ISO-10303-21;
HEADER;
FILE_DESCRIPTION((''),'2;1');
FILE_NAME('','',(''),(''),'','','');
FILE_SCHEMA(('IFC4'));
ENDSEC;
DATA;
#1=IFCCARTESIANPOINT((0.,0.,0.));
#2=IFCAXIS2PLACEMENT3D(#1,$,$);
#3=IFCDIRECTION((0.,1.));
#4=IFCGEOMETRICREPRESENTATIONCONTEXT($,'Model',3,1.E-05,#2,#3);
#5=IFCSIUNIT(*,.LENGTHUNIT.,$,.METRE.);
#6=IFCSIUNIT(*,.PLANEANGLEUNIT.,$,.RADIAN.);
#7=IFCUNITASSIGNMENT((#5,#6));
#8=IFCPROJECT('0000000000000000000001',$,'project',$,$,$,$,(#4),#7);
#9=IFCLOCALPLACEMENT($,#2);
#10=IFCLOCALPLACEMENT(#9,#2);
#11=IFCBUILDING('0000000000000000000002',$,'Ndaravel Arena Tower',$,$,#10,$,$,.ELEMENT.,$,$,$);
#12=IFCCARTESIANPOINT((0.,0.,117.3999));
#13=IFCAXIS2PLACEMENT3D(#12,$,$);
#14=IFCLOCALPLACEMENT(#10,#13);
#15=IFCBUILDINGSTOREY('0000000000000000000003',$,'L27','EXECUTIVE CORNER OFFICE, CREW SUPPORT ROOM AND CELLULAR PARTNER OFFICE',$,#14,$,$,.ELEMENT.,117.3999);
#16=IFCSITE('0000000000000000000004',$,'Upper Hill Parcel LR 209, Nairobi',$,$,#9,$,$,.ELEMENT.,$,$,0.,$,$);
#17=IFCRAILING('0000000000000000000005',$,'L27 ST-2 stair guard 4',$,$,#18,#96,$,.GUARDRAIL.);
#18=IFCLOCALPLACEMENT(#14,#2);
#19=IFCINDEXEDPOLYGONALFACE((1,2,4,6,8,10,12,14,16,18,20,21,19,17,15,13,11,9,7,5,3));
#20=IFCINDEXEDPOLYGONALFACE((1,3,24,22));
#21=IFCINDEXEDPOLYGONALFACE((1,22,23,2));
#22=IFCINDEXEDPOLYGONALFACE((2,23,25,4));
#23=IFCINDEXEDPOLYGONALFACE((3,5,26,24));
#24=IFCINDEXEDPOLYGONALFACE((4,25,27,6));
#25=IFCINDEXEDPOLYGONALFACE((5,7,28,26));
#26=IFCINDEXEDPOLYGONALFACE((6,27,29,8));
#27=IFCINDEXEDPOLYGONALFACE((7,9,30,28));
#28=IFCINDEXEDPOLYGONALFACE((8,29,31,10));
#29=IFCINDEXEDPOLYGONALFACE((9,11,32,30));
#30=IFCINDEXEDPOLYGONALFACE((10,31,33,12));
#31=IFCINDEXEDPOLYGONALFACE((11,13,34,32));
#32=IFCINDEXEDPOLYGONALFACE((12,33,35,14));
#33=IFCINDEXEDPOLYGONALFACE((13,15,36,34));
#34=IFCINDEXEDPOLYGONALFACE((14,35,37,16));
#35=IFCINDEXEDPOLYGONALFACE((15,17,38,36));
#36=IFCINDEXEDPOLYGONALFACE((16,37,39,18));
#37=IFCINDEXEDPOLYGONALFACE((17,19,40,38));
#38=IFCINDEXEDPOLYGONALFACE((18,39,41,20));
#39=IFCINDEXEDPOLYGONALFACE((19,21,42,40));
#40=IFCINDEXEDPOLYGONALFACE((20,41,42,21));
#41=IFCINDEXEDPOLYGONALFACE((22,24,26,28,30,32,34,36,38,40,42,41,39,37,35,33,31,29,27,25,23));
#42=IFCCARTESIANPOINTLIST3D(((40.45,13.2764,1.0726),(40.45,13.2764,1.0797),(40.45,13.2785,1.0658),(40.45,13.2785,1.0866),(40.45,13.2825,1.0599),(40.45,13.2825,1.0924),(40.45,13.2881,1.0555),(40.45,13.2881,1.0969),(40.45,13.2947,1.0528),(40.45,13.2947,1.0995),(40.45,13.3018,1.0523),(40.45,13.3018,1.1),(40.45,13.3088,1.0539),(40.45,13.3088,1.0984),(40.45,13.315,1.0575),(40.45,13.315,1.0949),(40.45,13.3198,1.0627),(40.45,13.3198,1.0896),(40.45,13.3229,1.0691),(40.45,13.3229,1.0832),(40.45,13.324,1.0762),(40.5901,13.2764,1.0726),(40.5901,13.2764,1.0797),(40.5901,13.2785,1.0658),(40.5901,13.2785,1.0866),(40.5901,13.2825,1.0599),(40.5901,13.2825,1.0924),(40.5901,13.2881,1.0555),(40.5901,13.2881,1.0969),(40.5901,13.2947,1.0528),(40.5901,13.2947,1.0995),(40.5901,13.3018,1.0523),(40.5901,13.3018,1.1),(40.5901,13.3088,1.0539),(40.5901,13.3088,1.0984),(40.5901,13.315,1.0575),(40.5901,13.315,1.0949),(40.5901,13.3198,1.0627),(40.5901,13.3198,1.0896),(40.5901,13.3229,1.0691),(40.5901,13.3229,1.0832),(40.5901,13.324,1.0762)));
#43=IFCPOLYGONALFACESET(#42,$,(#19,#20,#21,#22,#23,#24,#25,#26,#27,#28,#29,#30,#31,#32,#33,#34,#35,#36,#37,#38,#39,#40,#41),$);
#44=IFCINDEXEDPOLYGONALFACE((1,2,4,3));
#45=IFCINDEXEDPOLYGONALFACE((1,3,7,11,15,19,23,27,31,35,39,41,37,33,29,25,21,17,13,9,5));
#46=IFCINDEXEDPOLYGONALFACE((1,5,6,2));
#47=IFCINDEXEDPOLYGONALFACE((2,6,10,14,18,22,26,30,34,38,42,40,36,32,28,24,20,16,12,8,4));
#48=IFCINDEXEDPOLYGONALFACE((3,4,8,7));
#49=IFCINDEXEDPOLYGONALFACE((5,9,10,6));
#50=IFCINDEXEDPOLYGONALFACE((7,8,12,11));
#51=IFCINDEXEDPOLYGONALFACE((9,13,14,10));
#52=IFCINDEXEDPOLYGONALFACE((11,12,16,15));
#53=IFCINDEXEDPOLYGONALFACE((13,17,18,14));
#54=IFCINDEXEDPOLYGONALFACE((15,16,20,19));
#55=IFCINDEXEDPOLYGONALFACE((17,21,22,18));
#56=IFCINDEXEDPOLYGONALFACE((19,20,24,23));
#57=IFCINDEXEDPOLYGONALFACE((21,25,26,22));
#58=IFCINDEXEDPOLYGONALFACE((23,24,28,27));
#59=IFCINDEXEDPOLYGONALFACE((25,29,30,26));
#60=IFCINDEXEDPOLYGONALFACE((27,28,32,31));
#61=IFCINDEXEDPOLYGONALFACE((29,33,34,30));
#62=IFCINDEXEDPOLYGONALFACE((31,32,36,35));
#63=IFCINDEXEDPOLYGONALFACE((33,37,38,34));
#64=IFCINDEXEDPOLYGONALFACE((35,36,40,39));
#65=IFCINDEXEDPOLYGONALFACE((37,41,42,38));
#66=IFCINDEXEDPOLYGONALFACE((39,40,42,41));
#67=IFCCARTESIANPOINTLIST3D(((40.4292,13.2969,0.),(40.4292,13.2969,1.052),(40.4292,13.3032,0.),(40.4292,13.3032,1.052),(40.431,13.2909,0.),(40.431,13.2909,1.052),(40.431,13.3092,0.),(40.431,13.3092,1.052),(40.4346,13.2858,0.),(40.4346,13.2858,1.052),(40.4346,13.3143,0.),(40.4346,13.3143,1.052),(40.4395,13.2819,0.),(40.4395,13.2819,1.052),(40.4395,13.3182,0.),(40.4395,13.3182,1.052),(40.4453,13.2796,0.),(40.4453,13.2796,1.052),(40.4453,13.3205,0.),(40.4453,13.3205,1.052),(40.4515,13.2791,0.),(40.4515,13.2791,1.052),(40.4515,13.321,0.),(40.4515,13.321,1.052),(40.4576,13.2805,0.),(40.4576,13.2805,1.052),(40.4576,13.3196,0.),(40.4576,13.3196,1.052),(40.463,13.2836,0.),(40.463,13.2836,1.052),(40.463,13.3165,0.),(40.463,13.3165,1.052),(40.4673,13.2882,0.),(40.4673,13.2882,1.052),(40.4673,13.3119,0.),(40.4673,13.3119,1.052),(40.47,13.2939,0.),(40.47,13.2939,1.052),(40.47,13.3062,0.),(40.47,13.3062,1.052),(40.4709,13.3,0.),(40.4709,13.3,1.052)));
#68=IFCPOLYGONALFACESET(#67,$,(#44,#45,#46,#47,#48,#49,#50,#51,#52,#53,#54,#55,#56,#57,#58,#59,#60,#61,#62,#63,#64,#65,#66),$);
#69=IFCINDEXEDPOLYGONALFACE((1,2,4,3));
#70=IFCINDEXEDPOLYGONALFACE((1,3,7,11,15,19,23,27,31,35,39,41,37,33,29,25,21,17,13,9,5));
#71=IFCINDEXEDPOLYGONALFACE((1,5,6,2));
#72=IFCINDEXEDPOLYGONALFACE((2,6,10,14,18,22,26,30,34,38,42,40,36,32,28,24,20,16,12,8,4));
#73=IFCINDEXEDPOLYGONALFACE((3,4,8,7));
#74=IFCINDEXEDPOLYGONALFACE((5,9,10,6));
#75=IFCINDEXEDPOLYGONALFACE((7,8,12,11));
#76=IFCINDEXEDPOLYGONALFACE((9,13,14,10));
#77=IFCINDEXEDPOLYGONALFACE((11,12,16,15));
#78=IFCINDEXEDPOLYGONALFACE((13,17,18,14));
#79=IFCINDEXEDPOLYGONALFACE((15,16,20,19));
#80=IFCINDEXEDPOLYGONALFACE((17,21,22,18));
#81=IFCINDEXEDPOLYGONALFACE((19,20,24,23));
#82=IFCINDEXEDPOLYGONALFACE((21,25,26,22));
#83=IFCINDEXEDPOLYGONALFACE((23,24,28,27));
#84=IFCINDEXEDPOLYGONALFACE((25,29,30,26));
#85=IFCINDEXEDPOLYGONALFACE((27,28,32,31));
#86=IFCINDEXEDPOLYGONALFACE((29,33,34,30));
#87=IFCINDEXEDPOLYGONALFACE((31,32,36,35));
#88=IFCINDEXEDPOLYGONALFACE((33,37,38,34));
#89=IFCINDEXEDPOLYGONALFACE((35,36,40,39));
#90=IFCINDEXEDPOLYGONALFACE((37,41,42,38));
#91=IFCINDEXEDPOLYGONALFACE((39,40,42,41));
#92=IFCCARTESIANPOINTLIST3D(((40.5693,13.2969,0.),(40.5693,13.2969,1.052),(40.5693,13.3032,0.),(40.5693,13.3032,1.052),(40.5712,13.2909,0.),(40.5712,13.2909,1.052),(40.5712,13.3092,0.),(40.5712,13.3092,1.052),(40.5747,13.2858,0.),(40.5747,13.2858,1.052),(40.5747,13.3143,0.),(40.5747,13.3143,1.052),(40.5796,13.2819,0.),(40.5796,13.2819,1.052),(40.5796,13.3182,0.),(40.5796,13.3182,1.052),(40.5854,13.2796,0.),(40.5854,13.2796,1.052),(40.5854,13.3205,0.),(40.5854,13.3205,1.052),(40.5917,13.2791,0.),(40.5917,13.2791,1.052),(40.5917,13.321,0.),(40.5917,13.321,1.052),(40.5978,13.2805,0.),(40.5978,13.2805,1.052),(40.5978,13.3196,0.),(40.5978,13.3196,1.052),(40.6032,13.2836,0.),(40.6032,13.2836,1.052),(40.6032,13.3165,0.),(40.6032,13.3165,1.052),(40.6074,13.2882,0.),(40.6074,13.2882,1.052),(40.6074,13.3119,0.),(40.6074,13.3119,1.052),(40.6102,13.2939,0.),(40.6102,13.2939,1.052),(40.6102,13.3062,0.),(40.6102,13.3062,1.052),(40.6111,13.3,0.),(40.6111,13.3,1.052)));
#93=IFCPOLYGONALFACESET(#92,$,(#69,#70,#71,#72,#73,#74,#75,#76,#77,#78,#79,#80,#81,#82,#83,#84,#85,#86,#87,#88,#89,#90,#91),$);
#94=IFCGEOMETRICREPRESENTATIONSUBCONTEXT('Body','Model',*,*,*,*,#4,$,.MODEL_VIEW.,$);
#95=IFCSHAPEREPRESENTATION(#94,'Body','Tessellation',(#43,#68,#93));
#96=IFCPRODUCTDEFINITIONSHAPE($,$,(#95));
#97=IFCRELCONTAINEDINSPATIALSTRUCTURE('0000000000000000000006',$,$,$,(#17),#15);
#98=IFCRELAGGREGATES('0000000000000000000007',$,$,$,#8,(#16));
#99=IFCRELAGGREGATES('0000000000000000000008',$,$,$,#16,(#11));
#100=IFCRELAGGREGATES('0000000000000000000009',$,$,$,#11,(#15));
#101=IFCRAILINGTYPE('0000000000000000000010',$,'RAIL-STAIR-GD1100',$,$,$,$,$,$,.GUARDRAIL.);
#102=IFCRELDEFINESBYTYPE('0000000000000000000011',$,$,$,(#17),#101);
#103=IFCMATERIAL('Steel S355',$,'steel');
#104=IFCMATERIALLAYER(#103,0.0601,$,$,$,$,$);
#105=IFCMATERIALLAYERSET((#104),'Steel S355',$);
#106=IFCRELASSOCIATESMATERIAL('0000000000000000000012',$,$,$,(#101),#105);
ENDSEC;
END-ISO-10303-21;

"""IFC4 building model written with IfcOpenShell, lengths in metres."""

from ifc_helpers import new_model, si_unit, direction, frame, origin, origin_2d, place, context, subcontext, project, spatial, circle, extrude, material, layer, layer_set, type_object, element, save


model = new_model("IFC4")

# Units and contexts
model_context = context("Model", 3, precision=1e-05, world=origin(), true_north=direction((0.0, 1.0)))
body_context = subcontext(model_context, "Body", "Model", "MODEL_VIEW")
ifc_project = project(units=[si_unit("LENGTHUNIT", "METRE"), si_unit("PLANEANGLEUNIT", "RADIAN")], contexts=[model_context])

# Site, building, storey
site_placement = place(None, origin())
site = spatial("IfcSite", under=ifc_project, at=site_placement, Name="Upper Hill Parcel LR 209, Nairobi", CompositionType="ELEMENT", RefElevation=0.0)
building_placement = place(site_placement, origin())
building = spatial("IfcBuilding", under=site, at=building_placement, Name="Ndaravel Arena Tower", CompositionType="ELEMENT")
storey_placement = place(building_placement, frame((0.0, 0.0, 117.3999)))
storey = spatial("IfcBuildingStorey", under=building, at=storey_placement, Name="L27", Description="EXECUTIVE CORNER OFFICE, CREW SUPPORT ROOM AND CELLULAR PARTNER OFFICE", CompositionType="ELEMENT", Elevation=117.3999)

# Railing
ifc_material_1 = material(Name="Steel S355", Category="steel")
ifc_layer_1 = layer(ifc_material_1, 0.0601)
ifc_layer_set_1 = layer_set([ifc_layer_1], Name="Steel S355")
railing_type_1 = type_object("IfcRailingType", Name="RAIL-STAIR-GD1100", PredefinedType="GUARDRAIL", material=ifc_layer_set_1)
railing_1_placement = place(storey_placement, frame((40.45, 13.3, 0.0)))
element("IfcRailing", 1, at=railing_1_placement, inside=storey, type_object=railing_type_1, Name="L27 ST-2 stair guard 4", PredefinedType="GUARDRAIL", context=body_context, shape_type="SweptSolid", body=[
    extrude(circle(Radius=0.0239, at=origin_2d()), frame((0.0, 0.0, 1.0762), z_axis=(1.0, 0.0, 0.0), x_axis=(0.0, 1.0, 0.0)), (0.0, 0.0, 1.0), 0.1401),
    extrude(circle(Radius=0.021, at=origin_2d()), origin(), (0.0, 0.0, 1.0), 1.052),
    extrude(circle(Radius=0.021, at=origin_2d()), frame((0.1401, 0.0, 0.0)), (0.0, 0.0, 1.0), 1.052),
])

save(model, "model.ifc")
